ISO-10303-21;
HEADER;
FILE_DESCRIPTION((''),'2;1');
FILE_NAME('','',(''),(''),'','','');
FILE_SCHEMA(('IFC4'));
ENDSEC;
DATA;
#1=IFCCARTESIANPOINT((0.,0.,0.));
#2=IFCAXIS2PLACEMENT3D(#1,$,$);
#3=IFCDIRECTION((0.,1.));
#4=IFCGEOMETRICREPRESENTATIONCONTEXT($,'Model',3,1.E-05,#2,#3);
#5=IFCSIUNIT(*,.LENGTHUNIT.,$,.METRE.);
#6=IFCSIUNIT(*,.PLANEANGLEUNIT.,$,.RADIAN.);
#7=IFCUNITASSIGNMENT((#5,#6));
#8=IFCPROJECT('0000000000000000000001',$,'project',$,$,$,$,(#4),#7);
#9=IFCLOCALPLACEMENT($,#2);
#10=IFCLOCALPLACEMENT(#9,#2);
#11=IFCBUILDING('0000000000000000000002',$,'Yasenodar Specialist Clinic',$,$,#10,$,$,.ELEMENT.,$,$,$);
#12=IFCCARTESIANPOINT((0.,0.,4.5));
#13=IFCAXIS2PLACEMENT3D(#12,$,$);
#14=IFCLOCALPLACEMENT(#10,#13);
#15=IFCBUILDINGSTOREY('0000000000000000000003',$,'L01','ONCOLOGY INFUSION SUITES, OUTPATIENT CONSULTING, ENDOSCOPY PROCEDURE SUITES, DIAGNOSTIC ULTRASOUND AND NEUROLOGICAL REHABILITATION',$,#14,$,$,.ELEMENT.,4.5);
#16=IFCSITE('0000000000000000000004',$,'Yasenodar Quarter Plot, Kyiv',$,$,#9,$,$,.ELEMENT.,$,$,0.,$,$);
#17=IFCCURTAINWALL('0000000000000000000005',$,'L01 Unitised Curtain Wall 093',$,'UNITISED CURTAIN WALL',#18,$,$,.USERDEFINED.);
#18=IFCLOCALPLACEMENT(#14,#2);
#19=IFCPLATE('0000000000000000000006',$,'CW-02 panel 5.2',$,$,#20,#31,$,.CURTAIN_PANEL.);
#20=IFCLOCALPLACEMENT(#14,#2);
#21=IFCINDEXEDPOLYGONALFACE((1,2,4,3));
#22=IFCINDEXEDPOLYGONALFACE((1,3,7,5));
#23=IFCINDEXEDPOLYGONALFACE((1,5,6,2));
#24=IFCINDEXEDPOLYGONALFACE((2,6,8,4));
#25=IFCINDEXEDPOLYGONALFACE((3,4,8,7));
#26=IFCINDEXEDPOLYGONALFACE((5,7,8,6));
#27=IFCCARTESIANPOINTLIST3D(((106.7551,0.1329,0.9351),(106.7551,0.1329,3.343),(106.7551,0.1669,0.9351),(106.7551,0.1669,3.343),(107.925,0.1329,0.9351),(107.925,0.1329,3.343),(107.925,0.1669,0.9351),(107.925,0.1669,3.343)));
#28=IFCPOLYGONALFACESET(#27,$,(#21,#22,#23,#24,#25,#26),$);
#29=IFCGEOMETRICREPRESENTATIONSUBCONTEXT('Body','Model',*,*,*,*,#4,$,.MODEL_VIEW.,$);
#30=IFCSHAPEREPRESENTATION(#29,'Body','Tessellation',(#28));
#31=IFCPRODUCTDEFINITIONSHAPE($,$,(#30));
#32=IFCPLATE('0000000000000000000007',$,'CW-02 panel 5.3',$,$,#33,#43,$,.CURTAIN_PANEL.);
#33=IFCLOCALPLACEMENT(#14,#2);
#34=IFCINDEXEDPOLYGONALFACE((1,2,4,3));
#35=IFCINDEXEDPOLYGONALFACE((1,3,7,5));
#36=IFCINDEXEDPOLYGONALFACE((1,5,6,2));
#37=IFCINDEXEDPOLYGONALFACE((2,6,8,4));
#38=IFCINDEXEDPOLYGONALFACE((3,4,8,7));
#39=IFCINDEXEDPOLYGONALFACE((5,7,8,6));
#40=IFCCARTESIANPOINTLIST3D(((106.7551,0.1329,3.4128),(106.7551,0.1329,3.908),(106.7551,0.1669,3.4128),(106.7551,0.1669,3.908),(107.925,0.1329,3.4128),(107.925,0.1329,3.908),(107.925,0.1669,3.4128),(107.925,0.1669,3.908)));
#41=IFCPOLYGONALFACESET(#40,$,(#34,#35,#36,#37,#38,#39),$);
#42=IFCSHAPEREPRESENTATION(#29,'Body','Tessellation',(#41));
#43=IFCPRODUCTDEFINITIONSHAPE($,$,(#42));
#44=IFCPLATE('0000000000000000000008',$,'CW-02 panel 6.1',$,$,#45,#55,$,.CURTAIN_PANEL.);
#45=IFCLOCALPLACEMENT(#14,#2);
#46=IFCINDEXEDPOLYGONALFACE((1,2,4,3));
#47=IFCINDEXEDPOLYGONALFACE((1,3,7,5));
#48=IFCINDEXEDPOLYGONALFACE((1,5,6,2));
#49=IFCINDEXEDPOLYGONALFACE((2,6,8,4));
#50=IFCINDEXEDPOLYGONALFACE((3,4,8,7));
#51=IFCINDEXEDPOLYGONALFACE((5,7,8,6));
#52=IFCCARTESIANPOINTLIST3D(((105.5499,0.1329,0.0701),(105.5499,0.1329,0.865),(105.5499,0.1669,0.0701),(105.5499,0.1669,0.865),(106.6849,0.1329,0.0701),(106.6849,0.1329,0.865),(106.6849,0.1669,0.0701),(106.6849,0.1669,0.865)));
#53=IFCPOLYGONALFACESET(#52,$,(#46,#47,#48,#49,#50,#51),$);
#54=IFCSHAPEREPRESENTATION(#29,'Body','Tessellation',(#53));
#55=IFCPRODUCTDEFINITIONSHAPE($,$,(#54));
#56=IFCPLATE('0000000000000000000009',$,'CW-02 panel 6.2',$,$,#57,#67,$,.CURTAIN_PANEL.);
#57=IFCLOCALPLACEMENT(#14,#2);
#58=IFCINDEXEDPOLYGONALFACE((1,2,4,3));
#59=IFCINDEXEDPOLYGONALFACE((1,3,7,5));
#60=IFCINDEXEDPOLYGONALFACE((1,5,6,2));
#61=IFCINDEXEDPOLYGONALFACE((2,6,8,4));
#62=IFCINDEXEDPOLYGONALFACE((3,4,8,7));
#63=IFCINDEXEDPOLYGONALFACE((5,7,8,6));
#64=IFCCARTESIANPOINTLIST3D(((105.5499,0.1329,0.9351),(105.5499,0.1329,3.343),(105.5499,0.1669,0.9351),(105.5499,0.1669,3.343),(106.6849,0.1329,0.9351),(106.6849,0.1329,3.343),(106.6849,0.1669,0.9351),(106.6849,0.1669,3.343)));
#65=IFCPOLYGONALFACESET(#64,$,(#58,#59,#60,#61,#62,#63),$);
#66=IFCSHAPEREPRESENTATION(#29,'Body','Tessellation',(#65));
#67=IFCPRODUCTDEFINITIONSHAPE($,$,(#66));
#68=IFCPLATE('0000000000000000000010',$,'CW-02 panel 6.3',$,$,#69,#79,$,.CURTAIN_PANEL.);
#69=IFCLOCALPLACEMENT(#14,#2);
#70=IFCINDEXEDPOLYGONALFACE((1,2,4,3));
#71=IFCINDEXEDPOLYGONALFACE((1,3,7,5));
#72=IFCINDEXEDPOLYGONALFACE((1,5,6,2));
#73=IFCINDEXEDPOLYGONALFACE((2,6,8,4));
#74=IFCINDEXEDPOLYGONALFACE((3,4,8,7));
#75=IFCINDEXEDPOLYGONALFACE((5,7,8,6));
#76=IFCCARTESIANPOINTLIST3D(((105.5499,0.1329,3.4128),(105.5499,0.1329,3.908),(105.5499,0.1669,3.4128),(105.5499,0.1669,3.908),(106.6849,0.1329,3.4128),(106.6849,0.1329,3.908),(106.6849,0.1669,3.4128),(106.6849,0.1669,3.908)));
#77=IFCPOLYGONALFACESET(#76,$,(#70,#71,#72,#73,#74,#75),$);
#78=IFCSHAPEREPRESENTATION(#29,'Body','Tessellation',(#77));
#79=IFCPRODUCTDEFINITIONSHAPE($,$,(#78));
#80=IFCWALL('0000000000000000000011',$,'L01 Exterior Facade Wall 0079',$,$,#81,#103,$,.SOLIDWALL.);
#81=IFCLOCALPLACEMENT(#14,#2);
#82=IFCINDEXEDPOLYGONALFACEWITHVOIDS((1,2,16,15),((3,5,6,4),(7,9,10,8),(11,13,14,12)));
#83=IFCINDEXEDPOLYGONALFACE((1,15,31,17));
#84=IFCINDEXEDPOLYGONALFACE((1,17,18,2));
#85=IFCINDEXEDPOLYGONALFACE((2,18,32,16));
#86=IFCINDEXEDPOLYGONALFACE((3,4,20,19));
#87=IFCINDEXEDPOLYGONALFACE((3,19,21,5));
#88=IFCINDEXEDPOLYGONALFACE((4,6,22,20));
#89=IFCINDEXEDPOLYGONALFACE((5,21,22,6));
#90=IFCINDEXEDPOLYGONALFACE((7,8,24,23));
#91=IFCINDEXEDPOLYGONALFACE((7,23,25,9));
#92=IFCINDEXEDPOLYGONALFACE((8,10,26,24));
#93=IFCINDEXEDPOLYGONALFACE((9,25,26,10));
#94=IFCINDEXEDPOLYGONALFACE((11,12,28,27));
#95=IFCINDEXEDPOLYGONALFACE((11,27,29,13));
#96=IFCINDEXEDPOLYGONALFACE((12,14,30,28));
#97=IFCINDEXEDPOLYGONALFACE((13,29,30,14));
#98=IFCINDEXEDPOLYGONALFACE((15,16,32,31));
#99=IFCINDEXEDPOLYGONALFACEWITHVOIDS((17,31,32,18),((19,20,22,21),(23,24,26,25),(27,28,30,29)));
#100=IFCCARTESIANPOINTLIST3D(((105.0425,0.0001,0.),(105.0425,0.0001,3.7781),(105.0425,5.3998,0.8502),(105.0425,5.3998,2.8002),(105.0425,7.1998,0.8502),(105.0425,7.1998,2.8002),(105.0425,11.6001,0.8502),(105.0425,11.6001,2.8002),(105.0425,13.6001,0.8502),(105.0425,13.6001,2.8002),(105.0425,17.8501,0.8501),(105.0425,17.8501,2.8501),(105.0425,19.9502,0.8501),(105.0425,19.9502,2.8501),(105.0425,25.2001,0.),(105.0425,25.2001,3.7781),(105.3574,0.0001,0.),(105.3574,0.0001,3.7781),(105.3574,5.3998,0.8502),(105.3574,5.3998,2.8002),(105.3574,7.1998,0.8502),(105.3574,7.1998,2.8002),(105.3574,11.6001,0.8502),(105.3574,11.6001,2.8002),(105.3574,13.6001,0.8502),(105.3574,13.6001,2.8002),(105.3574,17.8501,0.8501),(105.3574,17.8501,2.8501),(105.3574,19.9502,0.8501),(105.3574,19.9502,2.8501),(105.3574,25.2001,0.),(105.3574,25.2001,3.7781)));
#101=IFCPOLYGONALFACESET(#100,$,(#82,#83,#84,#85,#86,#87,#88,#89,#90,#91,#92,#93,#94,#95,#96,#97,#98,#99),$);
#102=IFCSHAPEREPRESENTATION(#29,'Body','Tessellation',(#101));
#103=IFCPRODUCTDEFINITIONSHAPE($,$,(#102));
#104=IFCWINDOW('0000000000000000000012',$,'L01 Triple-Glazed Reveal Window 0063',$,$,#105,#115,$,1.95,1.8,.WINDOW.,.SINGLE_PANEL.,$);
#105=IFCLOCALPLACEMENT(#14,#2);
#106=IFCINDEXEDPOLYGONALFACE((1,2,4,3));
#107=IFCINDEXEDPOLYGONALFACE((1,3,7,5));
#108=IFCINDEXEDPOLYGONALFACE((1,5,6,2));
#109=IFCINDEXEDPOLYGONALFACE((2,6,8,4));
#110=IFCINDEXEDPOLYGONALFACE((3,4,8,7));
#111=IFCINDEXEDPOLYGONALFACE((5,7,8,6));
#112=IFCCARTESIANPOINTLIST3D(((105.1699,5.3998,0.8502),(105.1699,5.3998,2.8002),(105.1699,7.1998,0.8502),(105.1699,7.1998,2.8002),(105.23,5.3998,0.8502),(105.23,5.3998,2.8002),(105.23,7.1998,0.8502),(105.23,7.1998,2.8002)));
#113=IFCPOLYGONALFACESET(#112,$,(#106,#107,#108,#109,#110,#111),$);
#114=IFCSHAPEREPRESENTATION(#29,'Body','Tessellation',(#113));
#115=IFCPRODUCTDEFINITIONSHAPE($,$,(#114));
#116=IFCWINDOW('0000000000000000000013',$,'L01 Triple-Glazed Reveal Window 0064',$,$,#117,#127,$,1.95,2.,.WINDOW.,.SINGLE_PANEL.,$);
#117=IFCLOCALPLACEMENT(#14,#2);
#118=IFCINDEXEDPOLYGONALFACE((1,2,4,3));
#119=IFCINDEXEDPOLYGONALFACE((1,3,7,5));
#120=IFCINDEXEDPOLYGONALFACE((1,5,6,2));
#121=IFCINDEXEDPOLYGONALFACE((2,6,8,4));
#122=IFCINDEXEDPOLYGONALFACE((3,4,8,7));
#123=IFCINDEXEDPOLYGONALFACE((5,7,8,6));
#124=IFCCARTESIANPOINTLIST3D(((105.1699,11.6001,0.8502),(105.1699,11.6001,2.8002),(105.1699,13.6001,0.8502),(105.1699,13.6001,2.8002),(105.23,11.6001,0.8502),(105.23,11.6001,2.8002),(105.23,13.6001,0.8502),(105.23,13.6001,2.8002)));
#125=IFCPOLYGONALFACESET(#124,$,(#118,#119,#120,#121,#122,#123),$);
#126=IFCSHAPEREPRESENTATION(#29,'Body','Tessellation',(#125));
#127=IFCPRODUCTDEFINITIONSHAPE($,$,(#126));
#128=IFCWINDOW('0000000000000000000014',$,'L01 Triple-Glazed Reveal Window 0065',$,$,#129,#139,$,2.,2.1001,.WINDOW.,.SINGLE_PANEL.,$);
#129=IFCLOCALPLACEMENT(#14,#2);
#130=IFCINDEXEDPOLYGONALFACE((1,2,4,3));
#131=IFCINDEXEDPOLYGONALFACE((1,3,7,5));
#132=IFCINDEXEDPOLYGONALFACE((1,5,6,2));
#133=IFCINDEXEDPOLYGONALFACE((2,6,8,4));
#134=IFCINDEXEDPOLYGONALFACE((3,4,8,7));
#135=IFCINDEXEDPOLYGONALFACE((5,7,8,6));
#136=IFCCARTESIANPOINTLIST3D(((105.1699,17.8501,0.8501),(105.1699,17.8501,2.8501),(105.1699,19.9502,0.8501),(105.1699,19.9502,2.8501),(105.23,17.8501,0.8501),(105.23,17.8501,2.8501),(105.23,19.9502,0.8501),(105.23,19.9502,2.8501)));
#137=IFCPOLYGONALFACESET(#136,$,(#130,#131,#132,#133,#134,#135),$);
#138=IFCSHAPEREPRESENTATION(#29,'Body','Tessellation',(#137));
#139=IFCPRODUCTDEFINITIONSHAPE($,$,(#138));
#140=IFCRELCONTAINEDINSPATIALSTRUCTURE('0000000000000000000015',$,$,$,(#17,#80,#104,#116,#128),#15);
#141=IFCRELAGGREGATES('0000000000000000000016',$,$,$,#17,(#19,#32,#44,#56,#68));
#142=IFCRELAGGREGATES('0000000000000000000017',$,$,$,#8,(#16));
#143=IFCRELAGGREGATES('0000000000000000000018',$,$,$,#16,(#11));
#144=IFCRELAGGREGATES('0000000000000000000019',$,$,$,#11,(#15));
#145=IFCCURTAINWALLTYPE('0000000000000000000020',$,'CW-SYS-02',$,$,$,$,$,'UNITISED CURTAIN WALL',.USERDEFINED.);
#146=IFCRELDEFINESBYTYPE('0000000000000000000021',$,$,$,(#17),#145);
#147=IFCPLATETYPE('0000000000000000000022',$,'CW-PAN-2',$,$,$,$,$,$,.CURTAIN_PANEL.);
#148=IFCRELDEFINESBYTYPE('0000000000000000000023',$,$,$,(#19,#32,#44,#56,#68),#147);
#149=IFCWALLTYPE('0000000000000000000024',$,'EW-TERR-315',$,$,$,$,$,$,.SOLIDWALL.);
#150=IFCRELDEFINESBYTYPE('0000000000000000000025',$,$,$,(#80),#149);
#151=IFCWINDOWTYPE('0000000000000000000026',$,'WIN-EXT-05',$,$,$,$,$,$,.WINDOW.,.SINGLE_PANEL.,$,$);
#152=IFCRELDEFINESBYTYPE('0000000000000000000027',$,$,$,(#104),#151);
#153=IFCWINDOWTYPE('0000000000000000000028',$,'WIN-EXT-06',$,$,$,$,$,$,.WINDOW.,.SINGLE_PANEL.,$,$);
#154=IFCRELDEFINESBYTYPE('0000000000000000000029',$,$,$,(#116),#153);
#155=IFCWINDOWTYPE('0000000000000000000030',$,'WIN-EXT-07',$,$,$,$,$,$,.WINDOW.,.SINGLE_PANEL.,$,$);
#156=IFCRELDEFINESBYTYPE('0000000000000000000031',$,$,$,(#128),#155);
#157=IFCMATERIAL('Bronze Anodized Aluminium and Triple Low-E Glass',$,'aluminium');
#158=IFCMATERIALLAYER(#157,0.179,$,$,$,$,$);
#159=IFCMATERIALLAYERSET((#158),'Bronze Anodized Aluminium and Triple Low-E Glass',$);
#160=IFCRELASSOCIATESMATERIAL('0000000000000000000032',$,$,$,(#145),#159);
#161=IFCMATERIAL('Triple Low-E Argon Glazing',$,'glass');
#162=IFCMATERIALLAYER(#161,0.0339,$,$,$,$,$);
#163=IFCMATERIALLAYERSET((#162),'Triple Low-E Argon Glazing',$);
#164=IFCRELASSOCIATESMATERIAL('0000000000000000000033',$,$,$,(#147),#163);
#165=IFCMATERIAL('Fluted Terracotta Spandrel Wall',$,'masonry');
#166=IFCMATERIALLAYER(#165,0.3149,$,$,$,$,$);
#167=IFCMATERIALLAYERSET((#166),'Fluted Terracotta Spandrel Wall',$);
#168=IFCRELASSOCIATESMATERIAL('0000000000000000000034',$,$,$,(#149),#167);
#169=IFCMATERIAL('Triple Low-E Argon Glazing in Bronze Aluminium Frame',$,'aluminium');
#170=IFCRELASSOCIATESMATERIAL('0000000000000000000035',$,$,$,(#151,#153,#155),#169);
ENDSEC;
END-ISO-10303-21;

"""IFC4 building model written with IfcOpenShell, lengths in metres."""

from ifc_helpers import new_model, si_unit, direction, frame, frame_2d, origin, origin_2d, place, context, subcontext, project, spatial, rectangle, extrude, material, layer, layer_set, type_object, element, fill, aggregate, save


model = new_model("IFC4")

# Units and contexts
model_context = context("Model", 3, precision=1e-05, world=origin(), true_north=direction((0.0, 1.0)))
body_context = subcontext(model_context, "Body", "Model", "MODEL_VIEW")
ifc_project = project(units=[si_unit("LENGTHUNIT", "METRE"), si_unit("PLANEANGLEUNIT", "RADIAN")], contexts=[model_context])

# Site, building, storey
site_placement = place(None, origin())
site = spatial("IfcSite", under=ifc_project, at=site_placement, Name="Yasenodar Quarter Plot, Kyiv", CompositionType="ELEMENT", RefElevation=0.0)
building_placement = place(site_placement, origin())
building = spatial("IfcBuilding", under=site, at=building_placement, Name="Yasenodar Specialist Clinic", CompositionType="ELEMENT")
storey_placement = place(building_placement, frame((0.0, 0.0, 4.5)))
storey = spatial("IfcBuildingStorey", under=building, at=storey_placement, Name="L01", Description="ONCOLOGY INFUSION SUITES, OUTPATIENT CONSULTING, ENDOSCOPY PROCEDURE SUITES, DIAGNOSTIC ULTRASOUND AND NEUROLOGICAL REHABILITATION", CompositionType="ELEMENT", Elevation=4.5)

# Curtain wall
ifc_material_1 = material(Name="Bronze Anodized Aluminium and Triple Low-E Glass", Category="aluminium")
ifc_layer_1 = layer(ifc_material_1, 0.179)
ifc_layer_set_1 = layer_set([ifc_layer_1], Name="Bronze Anodized Aluminium and Triple Low-E Glass")
curtain_wall_type = type_object("IfcCurtainWallType", Name="CW-SYS-02", ElementType="UNITISED CURTAIN WALL", PredefinedType="USERDEFINED", material=ifc_layer_set_1)
curtain_wall_placement = place(storey_placement, origin())
curtain_wall = element("IfcCurtainWall", 1, at=curtain_wall_placement, inside=storey, type_object=curtain_wall_type, Name="L01 Unitised Curtain Wall 093", ObjectType="UNITISED CURTAIN WALL", PredefinedType="USERDEFINED")

# Plates
ifc_material_2 = material(Name="Triple Low-E Argon Glazing", Category="glass")
ifc_layer_2 = layer(ifc_material_2, 0.0339)
ifc_layer_set_2 = layer_set([ifc_layer_2], Name="Triple Low-E Argon Glazing")
plate_type = type_object("IfcPlateType", Name="CW-PAN-2", PredefinedType="CURTAIN_PANEL", material=ifc_layer_set_2)
plate_1_placement = place(storey_placement, frame((107.3401, 0.1499, 0.9351), z_axis=(0.0, 0.0, 1.0), x_axis=(-1.0, 0.0, 0.0)))
plate_1 = element("IfcPlate", 2, at=plate_1_placement, type_object=plate_type, Name="CW-02 panel 5.2", PredefinedType="CURTAIN_PANEL", context=body_context, shape_type="SweptSolid", body=[
    extrude(rectangle(XDim=1.1699, YDim=0.0339, at=origin_2d()), origin(), (0.0, 0.0, 1.0), 2.408),
])
plate_2_placement = place(storey_placement, frame((107.3401, 0.1499, 3.4128), z_axis=(0.0, 0.0, 1.0), x_axis=(-1.0, 0.0, 0.0)))
plate_2 = element("IfcPlate", 3, at=plate_2_placement, type_object=plate_type, Name="CW-02 panel 5.3", PredefinedType="CURTAIN_PANEL", context=body_context, shape_type="SweptSolid", body=[
    extrude(rectangle(XDim=1.1699, YDim=0.0339, at=origin_2d()), origin(), (0.0, 0.0, 1.0), 0.4951),
])
plate_3_placement = place(storey_placement, frame((106.1174, 0.1499, 0.0701), z_axis=(0.0, 0.0, 1.0), x_axis=(-1.0, 0.0, 0.0)))
plate_3 = element("IfcPlate", 4, at=plate_3_placement, type_object=plate_type, Name="CW-02 panel 6.1", PredefinedType="CURTAIN_PANEL", context=body_context, shape_type="SweptSolid", body=[
    extrude(rectangle(XDim=1.135, YDim=0.0339, at=origin_2d()), origin(), (0.0, 0.0, 1.0), 0.7949),
])
plate_4_placement = place(storey_placement, frame((106.1174, 0.1499, 0.9351), z_axis=(0.0, 0.0, 1.0), x_axis=(-1.0, 0.0, 0.0)))
plate_4 = element("IfcPlate", 5, at=plate_4_placement, type_object=plate_type, Name="CW-02 panel 6.2", PredefinedType="CURTAIN_PANEL", context=body_context, shape_type="SweptSolid", body=[
    extrude(rectangle(XDim=1.135, YDim=0.0339, at=origin_2d()), origin(), (0.0, 0.0, 1.0), 2.408),
])
plate_5_placement = place(storey_placement, frame((106.1174, 0.1499, 3.4128), z_axis=(0.0, 0.0, 1.0), x_axis=(-1.0, 0.0, 0.0)))
plate_5 = element("IfcPlate", 6, at=plate_5_placement, type_object=plate_type, Name="CW-02 panel 6.3", PredefinedType="CURTAIN_PANEL", context=body_context, shape_type="SweptSolid", body=[
    extrude(rectangle(XDim=1.135, YDim=0.0339, at=origin_2d()), origin(), (0.0, 0.0, 1.0), 0.4951),
])
aggregate(curtain_wall, [plate_1, plate_2, plate_3, plate_4, plate_5])

# Wall, openings, windows
ifc_material_3 = material(Name="Fluted Terracotta Spandrel Wall", Category="masonry")
ifc_layer_3 = layer(ifc_material_3, 0.3149)
ifc_layer_set_3 = layer_set([ifc_layer_3], Name="Fluted Terracotta Spandrel Wall")
wall_type = type_object("IfcWallType", Name="EW-TERR-315", PredefinedType="SOLIDWALL", material=ifc_layer_set_3)
wall_placement = place(storey_placement, frame((105.2, 0.0, 0.0), z_axis=(0.0, 0.0, 1.0), x_axis=(0.0, 1.0, 0.0)))
wall = element("IfcWall", 7, at=wall_placement, inside=storey, type_object=wall_type, Name="L01 Exterior Facade Wall 0079", PredefinedType="SOLIDWALL", context=body_context, shape_type="SweptSolid", body=[
    extrude(rectangle(XDim=25.2, YDim=0.3149, at=frame_2d((12.6001, 0.0))), origin(), (0.0, 0.0, 1.0), 3.7781),
])
opening_1_placement = place(wall_placement, frame((5.3999, 0.0, 0.8501)))
opening_1 = element("IfcOpeningElement", 8, at=opening_1_placement, cuts=wall, PredefinedType="OPENING", context=body_context, shape_type="SweptSolid", body=[
    extrude(rectangle(XDim=1.8, YDim=1.95, at=frame_2d((0.8999, 0.9751))), frame((0.0, 0.1675, 0.0), z_axis=(0.0, -1.0, 0.0), x_axis=(1.0, 0.0, 0.0)), (0.0, 0.0, 1.0), 0.335),
])
opening_2_placement = place(wall_placement, frame((11.6001, 0.0, 0.8501)))
opening_2 = element("IfcOpeningElement", 9, at=opening_2_placement, cuts=wall, PredefinedType="OPENING", context=body_context, shape_type="SweptSolid", body=[
    extrude(rectangle(XDim=2.0, YDim=1.95, at=frame_2d((1.0, 0.9751))), frame((0.0, 0.1675, 0.0), z_axis=(0.0, -1.0, 0.0), x_axis=(1.0, 0.0, 0.0)), (0.0, 0.0, 1.0), 0.335),
])
opening_3_placement = place(wall_placement, frame((17.8501, 0.0, 0.8501)))
opening_3 = element("IfcOpeningElement", 10, at=opening_3_placement, cuts=wall, PredefinedType="OPENING", context=body_context, shape_type="SweptSolid", body=[
    extrude(rectangle(XDim=2.1001, YDim=2.0, at=frame_2d((1.05, 1.0))), frame((0.0, 0.1675, 0.0), z_axis=(0.0, -1.0, 0.0), x_axis=(1.0, 0.0, 0.0)), (0.0, 0.0, 1.0), 0.335),
])
ifc_material_4 = material(Name="Triple Low-E Argon Glazing in Bronze Aluminium Frame", Category="aluminium")
window_type_1 = type_object("IfcWindowType", Name="WIN-EXT-05", PartitioningType="SINGLE_PANEL", PredefinedType="WINDOW", material=ifc_material_4)
window_1_placement = place(opening_1_placement, origin())
window_1 = element("IfcWindow", 11, at=window_1_placement, inside=storey, type_object=window_type_1, Name="L01 Triple-Glazed Reveal Window 0063", OverallHeight=1.95, OverallWidth=1.8, PartitioningType="SINGLE_PANEL", PredefinedType="WINDOW", context=body_context, shape_type="SweptSolid", body=[
    extrude(rectangle(XDim=1.8, YDim=1.95, at=frame_2d((0.8999, 0.9751))), frame((0.0, 0.03, 0.0), z_axis=(0.0, -1.0, 0.0), x_axis=(1.0, 0.0, 0.0)), (0.0, 0.0, 1.0), 0.0601),
])
fill(opening_1, window_1)
window_type_2 = type_object("IfcWindowType", Name="WIN-EXT-06", PartitioningType="SINGLE_PANEL", PredefinedType="WINDOW", material=ifc_material_4)
window_2_placement = place(opening_2_placement, origin())
window_2 = element("IfcWindow", 12, at=window_2_placement, inside=storey, type_object=window_type_2, Name="L01 Triple-Glazed Reveal Window 0064", OverallHeight=1.95, OverallWidth=2.0, PartitioningType="SINGLE_PANEL", PredefinedType="WINDOW", context=body_context, shape_type="SweptSolid", body=[
    extrude(rectangle(XDim=2.0, YDim=1.95, at=frame_2d((1.0, 0.9751))), frame((0.0, 0.03, 0.0), z_axis=(0.0, -1.0, 0.0), x_axis=(1.0, 0.0, 0.0)), (0.0, 0.0, 1.0), 0.0601),
])
fill(opening_2, window_2)
window_type_3 = type_object("IfcWindowType", Name="WIN-EXT-07", PartitioningType="SINGLE_PANEL", PredefinedType="WINDOW", material=ifc_material_4)
window_3_placement = place(opening_3_placement, origin())
window_3 = element("IfcWindow", 13, at=window_3_placement, inside=storey, type_object=window_type_3, Name="L01 Triple-Glazed Reveal Window 0065", OverallHeight=2.0, OverallWidth=2.1001, PartitioningType="SINGLE_PANEL", PredefinedType="WINDOW", context=body_context, shape_type="SweptSolid", body=[
    extrude(rectangle(XDim=2.1001, YDim=2.0, at=frame_2d((1.05, 1.0))), frame((0.0, 0.03, 0.0), z_axis=(0.0, -1.0, 0.0), x_axis=(1.0, 0.0, 0.0)), (0.0, 0.0, 1.0), 0.0601),
])
fill(opening_3, window_3)

save(model, "model.ifc")
